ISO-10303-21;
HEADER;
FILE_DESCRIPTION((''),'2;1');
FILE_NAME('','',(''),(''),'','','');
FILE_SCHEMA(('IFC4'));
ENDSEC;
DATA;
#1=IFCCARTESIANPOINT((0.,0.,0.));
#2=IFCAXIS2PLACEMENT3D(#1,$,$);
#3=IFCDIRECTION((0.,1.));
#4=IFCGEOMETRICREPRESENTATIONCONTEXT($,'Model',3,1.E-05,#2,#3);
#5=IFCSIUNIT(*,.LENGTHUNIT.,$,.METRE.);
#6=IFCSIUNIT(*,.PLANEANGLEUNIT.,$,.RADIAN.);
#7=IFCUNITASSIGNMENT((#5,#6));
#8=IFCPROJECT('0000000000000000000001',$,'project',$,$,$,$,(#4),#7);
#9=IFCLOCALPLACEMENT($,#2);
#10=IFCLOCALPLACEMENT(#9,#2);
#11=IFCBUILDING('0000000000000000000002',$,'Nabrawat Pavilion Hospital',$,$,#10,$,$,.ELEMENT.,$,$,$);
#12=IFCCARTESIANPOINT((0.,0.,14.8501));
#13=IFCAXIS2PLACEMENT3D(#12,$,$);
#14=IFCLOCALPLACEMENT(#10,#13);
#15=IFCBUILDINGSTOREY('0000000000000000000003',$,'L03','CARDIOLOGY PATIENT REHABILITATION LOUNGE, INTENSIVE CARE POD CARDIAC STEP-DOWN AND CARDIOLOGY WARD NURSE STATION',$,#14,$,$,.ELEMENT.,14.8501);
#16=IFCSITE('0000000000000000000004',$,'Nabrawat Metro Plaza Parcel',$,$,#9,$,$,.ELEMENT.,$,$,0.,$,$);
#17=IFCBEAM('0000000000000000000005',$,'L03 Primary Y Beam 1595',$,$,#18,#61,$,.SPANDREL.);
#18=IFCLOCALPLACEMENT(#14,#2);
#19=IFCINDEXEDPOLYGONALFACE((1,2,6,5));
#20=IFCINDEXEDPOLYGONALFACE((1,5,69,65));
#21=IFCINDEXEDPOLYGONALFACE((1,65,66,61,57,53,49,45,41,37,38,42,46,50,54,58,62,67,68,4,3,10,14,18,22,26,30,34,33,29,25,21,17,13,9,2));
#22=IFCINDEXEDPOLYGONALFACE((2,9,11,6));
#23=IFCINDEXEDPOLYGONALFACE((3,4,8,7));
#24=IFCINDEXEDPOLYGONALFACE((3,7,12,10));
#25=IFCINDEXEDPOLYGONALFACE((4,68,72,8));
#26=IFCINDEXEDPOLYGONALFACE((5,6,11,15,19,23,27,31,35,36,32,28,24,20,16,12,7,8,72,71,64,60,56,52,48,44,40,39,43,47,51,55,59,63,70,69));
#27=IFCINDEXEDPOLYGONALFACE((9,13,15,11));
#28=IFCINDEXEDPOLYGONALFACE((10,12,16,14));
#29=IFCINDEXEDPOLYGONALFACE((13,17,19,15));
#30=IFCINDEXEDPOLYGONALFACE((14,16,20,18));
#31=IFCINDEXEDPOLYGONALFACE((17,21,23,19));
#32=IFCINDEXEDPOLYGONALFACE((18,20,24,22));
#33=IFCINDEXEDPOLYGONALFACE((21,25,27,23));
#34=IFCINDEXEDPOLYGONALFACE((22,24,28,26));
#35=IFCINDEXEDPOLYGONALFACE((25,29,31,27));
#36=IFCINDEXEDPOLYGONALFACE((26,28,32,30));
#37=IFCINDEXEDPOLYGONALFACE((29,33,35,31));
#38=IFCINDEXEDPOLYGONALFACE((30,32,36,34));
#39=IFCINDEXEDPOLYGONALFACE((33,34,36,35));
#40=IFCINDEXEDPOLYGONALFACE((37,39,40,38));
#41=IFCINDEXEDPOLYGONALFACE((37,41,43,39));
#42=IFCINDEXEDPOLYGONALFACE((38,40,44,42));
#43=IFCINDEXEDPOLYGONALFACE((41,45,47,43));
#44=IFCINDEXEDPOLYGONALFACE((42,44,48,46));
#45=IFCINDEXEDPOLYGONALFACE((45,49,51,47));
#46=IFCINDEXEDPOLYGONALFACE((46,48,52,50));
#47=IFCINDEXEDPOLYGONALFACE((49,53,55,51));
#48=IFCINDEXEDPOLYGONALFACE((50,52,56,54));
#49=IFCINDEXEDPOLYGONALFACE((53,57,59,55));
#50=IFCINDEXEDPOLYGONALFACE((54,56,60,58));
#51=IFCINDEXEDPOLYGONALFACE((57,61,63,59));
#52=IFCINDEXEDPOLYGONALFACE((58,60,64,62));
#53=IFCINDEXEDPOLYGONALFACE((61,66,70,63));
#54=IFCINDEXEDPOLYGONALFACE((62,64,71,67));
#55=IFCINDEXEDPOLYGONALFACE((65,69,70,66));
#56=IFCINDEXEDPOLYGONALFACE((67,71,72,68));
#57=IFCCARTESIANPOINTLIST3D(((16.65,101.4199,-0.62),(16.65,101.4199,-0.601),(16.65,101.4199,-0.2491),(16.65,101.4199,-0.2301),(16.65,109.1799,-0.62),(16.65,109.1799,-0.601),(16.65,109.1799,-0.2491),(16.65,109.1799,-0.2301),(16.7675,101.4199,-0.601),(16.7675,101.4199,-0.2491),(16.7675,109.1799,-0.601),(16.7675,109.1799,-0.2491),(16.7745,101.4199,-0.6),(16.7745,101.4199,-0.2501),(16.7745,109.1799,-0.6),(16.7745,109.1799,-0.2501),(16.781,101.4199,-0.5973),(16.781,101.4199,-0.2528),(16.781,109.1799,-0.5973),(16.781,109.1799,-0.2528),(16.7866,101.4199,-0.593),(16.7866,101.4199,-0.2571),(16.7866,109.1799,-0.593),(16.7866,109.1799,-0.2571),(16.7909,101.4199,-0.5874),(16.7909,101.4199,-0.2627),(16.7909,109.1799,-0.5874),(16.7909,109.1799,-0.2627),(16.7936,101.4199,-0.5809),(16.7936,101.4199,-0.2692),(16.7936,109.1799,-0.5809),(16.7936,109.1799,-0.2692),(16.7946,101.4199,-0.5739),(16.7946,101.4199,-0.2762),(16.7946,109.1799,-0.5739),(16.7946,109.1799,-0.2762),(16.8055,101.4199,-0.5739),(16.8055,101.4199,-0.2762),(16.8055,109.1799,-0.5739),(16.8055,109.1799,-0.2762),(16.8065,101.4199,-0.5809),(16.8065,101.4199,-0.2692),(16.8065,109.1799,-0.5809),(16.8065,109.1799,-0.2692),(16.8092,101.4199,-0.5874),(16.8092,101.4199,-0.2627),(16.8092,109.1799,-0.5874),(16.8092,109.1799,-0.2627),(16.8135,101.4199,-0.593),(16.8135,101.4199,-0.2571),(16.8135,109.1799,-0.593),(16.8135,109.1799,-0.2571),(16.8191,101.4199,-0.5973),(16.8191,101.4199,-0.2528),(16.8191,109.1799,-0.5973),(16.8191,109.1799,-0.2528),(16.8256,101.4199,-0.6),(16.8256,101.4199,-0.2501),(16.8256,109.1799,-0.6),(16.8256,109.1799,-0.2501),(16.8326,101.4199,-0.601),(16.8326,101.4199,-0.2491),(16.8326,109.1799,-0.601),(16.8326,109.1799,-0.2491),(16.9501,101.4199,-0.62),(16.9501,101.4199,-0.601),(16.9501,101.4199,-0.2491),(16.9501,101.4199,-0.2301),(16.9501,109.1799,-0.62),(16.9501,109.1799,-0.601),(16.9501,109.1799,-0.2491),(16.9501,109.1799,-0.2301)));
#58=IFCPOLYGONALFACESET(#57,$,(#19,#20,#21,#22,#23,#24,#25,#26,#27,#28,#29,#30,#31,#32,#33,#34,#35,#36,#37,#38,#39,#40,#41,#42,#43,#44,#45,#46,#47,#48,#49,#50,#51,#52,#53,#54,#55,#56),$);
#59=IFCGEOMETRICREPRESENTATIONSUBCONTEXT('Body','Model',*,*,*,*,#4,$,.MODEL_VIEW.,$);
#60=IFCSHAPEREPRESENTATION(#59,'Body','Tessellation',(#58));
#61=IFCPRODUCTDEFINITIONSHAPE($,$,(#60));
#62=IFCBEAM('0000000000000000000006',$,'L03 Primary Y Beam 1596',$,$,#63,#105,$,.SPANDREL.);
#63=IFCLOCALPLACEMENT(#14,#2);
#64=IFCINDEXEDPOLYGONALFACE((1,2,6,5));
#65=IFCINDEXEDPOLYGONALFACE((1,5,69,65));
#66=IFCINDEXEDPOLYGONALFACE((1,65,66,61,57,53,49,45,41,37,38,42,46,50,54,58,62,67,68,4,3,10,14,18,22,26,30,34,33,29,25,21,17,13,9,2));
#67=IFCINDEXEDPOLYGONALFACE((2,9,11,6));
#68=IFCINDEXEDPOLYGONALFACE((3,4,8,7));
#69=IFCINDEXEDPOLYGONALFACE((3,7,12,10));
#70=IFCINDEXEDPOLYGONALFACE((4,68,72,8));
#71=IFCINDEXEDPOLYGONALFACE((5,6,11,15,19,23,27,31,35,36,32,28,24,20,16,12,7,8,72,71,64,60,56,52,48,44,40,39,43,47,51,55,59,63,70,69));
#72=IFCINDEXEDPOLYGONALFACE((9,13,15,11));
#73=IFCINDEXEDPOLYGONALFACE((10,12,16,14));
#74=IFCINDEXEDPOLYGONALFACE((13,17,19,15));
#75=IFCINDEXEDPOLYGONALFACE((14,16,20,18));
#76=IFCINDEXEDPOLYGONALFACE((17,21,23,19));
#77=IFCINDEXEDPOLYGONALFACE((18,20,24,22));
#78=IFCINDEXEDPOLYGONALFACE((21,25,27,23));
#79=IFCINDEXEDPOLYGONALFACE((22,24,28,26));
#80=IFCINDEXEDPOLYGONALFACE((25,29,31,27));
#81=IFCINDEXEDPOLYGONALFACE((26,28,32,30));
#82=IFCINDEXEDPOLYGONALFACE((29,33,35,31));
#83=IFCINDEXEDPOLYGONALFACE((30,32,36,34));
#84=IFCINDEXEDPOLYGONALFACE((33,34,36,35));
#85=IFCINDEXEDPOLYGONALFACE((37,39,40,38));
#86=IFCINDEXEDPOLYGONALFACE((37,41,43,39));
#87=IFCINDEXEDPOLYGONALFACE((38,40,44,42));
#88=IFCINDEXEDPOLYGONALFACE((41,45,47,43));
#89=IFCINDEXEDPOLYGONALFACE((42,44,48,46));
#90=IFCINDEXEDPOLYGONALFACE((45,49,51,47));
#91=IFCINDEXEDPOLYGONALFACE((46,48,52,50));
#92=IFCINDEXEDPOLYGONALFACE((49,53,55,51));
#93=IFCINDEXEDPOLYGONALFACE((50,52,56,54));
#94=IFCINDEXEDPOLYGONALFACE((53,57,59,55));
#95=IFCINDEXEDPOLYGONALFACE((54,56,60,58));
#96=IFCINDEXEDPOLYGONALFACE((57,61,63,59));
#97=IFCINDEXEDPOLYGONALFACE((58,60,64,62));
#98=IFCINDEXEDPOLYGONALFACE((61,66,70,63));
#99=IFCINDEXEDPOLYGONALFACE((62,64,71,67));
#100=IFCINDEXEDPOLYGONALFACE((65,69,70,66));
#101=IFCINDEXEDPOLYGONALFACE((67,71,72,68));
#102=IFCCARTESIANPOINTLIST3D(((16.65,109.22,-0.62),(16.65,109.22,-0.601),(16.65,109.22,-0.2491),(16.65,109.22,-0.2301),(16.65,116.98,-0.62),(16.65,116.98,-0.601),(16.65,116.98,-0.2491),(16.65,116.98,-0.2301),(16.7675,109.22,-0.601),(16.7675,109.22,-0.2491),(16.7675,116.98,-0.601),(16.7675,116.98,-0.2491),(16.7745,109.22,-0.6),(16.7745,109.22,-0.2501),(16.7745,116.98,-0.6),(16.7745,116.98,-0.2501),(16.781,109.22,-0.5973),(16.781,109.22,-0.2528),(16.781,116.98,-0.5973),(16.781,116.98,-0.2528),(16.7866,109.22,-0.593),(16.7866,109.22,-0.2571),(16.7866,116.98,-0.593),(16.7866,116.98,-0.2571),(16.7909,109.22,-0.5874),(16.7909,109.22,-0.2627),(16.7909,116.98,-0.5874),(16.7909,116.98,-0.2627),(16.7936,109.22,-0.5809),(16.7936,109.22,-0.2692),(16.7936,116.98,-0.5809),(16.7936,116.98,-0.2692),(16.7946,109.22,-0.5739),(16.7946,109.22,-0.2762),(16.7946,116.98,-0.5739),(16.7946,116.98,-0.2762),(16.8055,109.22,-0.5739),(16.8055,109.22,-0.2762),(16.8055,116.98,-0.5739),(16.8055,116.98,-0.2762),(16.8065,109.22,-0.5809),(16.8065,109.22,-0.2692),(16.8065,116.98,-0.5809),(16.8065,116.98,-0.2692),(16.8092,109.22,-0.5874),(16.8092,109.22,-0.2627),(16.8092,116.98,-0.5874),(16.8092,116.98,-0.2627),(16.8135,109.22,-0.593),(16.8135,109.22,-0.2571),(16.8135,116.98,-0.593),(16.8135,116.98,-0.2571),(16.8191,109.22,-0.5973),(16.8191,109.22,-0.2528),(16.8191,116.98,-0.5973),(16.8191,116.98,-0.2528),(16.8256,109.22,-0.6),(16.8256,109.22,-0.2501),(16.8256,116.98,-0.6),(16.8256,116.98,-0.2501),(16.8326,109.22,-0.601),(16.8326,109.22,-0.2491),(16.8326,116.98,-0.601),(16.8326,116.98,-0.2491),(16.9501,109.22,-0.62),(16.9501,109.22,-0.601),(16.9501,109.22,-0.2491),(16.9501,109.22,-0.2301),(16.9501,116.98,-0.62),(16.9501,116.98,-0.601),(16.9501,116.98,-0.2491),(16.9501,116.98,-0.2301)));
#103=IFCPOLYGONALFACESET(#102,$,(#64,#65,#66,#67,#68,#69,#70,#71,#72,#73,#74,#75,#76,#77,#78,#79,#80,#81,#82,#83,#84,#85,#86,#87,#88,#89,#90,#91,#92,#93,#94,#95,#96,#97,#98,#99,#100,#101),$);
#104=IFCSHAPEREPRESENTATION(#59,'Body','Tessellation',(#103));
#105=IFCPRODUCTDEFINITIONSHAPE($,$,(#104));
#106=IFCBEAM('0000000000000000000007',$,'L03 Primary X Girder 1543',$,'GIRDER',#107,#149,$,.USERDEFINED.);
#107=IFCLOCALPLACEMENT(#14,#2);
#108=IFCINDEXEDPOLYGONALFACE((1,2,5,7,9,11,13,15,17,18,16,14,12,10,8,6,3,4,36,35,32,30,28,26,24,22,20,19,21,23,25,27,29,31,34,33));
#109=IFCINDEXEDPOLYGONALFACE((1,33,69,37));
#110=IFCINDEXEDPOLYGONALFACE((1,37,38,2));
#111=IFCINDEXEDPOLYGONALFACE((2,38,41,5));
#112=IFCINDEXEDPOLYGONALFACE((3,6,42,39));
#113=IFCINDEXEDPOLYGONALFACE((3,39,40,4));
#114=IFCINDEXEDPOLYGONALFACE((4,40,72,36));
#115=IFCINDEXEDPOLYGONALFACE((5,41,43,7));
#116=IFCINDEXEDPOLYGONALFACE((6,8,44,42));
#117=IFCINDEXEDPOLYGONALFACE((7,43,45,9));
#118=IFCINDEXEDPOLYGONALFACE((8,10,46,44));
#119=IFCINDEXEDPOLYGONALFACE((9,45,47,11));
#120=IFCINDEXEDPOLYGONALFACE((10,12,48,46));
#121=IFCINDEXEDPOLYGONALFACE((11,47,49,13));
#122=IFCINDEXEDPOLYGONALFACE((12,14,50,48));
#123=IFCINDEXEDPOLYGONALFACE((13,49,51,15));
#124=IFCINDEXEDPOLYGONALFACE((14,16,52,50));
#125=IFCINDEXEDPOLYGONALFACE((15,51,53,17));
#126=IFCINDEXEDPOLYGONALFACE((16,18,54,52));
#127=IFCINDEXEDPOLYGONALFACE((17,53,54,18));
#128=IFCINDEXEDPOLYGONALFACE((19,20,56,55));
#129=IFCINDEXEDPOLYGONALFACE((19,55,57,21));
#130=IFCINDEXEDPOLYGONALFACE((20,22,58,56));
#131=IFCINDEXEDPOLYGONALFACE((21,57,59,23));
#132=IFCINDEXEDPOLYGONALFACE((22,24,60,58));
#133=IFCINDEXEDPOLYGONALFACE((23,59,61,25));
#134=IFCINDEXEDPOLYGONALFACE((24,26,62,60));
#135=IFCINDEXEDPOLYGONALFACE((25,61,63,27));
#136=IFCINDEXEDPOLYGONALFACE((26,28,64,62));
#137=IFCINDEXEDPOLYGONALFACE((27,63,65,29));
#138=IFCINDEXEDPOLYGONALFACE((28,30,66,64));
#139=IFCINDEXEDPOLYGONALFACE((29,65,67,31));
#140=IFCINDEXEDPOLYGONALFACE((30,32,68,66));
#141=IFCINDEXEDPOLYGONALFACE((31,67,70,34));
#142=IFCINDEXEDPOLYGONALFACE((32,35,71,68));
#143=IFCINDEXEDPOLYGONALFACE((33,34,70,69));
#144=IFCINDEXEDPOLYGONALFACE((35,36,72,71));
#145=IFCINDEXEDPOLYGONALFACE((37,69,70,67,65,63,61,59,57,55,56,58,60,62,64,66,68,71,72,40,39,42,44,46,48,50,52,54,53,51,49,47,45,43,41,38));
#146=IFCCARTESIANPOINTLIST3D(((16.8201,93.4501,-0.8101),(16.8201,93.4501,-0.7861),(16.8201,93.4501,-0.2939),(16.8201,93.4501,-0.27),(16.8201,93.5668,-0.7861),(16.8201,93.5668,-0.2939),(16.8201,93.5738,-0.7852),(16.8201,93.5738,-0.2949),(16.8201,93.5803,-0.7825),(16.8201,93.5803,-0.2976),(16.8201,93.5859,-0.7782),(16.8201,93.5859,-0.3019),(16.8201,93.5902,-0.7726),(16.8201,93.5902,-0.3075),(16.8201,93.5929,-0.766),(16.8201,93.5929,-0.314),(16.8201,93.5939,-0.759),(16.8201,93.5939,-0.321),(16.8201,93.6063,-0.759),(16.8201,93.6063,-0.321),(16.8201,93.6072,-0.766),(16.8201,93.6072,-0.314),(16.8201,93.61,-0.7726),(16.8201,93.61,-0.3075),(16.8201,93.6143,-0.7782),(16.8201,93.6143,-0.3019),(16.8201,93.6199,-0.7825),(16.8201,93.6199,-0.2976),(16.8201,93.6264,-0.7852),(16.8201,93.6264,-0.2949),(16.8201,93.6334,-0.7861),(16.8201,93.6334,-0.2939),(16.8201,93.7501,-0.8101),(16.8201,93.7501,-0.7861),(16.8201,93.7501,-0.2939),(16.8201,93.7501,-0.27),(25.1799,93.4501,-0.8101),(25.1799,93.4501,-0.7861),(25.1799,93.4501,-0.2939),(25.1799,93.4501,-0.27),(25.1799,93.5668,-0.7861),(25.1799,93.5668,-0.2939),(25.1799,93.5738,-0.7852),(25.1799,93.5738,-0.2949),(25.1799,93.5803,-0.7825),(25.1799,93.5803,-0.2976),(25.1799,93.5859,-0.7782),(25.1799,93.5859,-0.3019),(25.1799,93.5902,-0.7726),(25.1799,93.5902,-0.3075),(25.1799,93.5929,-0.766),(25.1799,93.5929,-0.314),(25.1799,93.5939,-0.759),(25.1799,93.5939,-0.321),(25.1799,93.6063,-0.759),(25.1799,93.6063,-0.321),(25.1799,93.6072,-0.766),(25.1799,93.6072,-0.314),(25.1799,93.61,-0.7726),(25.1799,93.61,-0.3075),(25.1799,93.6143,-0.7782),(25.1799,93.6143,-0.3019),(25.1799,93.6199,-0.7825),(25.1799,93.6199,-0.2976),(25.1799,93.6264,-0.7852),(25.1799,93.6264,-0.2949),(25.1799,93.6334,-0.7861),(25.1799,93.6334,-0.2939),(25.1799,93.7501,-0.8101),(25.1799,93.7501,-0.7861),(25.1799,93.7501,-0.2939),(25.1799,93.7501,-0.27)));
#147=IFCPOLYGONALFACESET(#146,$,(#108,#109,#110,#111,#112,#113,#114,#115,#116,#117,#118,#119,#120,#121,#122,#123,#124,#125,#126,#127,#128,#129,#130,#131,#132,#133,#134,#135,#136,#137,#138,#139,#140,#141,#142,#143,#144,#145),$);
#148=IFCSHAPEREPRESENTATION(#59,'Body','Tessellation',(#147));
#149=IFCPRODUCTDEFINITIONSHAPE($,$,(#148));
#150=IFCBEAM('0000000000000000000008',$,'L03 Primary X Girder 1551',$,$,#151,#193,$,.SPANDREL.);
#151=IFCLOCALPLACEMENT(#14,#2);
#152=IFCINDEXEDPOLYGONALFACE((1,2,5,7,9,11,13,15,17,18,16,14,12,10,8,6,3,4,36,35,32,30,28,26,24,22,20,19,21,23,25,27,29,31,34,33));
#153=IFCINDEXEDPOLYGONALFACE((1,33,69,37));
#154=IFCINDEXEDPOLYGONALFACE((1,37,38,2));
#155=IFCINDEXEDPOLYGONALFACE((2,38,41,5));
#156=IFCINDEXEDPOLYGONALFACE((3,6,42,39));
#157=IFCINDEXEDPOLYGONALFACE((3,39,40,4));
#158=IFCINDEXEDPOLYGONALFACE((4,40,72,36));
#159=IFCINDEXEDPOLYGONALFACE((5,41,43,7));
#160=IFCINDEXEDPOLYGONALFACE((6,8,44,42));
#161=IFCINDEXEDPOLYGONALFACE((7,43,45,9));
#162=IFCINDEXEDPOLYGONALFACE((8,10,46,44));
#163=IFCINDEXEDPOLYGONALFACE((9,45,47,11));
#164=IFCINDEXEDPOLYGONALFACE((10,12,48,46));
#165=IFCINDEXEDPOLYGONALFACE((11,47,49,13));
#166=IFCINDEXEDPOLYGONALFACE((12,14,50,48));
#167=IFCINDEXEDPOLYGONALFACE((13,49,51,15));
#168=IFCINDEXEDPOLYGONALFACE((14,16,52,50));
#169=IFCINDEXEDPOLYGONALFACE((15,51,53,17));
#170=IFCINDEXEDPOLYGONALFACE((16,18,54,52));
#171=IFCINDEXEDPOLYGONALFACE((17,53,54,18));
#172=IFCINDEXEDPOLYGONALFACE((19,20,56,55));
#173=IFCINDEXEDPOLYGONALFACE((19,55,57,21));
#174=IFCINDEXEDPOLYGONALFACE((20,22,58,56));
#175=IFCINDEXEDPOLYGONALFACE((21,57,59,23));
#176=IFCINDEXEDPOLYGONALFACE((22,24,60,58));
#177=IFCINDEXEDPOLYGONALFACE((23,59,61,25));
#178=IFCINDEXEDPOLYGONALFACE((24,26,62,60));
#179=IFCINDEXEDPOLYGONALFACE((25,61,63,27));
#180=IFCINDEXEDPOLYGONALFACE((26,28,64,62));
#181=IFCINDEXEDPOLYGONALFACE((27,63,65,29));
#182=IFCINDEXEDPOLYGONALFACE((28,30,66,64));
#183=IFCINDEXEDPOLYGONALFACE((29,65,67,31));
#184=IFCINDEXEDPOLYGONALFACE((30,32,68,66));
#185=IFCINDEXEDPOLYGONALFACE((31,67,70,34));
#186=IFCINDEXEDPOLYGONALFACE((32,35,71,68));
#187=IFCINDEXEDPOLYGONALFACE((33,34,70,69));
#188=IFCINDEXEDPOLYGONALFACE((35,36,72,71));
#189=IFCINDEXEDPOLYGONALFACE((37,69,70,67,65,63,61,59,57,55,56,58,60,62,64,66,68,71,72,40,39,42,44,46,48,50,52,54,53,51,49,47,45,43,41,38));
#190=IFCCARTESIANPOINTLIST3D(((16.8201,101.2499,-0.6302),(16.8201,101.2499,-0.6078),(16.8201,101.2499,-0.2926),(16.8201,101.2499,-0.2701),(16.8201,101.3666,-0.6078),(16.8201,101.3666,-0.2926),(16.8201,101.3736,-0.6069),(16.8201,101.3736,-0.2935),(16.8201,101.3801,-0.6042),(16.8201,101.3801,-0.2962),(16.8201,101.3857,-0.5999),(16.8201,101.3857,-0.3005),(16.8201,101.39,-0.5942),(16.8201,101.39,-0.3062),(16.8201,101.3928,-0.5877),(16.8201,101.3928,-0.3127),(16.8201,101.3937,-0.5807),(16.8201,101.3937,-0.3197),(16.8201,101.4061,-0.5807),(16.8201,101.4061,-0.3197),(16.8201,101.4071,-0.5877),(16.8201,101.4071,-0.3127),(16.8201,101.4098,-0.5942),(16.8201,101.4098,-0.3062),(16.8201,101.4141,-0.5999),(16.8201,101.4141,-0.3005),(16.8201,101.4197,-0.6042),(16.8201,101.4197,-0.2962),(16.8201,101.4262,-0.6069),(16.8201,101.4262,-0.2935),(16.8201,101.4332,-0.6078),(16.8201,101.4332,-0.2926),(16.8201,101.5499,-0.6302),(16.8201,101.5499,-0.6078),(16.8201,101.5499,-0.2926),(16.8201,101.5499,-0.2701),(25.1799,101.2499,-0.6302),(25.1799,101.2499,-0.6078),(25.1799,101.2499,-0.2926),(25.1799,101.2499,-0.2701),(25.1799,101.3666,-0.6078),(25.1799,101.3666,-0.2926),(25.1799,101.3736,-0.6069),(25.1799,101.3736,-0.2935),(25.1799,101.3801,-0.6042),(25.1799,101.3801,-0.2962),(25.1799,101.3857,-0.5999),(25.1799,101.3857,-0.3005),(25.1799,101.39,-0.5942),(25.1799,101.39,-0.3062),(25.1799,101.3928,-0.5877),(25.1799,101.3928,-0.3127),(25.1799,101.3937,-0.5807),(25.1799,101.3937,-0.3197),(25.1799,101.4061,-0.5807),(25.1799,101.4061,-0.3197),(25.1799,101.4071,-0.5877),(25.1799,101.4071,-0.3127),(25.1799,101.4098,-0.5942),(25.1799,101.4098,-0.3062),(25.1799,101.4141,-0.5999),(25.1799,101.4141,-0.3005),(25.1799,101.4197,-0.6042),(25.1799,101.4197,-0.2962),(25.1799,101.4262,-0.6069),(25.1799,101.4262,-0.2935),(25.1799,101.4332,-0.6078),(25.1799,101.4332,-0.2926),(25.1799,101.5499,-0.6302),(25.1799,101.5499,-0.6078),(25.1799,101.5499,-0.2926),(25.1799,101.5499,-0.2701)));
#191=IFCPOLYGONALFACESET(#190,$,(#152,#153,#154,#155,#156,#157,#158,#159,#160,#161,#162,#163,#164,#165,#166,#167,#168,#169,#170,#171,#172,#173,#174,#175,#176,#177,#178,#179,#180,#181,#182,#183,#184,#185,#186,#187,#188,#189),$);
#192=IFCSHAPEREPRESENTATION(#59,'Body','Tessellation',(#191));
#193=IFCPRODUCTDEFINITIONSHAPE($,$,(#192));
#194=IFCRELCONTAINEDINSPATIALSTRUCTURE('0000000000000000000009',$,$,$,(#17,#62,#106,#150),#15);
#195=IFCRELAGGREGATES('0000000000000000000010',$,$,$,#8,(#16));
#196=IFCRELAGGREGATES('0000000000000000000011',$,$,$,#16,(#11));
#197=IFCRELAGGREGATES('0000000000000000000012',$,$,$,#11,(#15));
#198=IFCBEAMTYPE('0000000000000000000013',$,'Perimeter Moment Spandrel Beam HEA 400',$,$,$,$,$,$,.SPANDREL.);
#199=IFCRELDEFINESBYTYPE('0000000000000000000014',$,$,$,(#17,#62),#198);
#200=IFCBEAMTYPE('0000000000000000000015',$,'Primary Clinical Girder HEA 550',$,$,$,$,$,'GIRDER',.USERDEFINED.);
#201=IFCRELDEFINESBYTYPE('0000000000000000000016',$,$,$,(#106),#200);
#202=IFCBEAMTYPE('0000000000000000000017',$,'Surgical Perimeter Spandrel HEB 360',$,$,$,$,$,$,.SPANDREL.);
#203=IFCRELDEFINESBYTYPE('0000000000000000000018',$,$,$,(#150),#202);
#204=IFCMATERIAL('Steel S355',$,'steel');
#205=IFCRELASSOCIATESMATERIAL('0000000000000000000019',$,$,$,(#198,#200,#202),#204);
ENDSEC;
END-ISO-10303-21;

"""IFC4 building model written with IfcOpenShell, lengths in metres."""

from ifc_helpers import new_model, si_unit, direction, frame, origin, origin_2d, place, context, subcontext, project, spatial, i_section, extrude, material, material_profile, profile_set, type_object, element, save


model = new_model("IFC4")

# Units and contexts
model_context = context("Model", 3, precision=1e-05, world=origin(), true_north=direction((0.0, 1.0)))
body_context = subcontext(model_context, "Body", "Model", "MODEL_VIEW")
ifc_project = project(units=[si_unit("LENGTHUNIT", "METRE"), si_unit("PLANEANGLEUNIT", "RADIAN")], contexts=[model_context])

# Site, building, storey
site_placement = place(None, origin())
site = spatial("IfcSite", under=ifc_project, at=site_placement, Name="Nabrawat Metro Plaza Parcel", CompositionType="ELEMENT", RefElevation=0.0)
building_placement = place(site_placement, origin())
building = spatial("IfcBuilding", under=site, at=building_placement, Name="Nabrawat Pavilion Hospital", CompositionType="ELEMENT")
storey_placement = place(building_placement, frame((0.0, 0.0, 14.8501)))
storey = spatial("IfcBuildingStorey", under=building, at=storey_placement, Name="L03", Description="CARDIOLOGY PATIENT REHABILITATION LOUNGE, INTENSIVE CARE POD CARDIAC STEP-DOWN AND CARDIOLOGY WARD NURSE STATION", CompositionType="ELEMENT", Elevation=14.8501)

# Shared definitions
ifc_material_1 = material(Name="Steel S355", Category="steel")

# Beams
ifc_material_profile_1 = material_profile(ifc_material_1, i_section(OverallWidth=0.3, OverallDepth=0.3899, WebThickness=0.011, FlangeThickness=0.019, FilletRadius=0.0271, at=origin_2d()), Name="HEA 400")
ifc_profile_set_1 = profile_set([ifc_material_profile_1], Name="Steel S355")
beam_type_1 = type_object("IfcBeamType", Name="Perimeter Moment Spandrel Beam HEA 400", PredefinedType="SPANDREL", material=ifc_profile_set_1)
for number, where, z_axis, x_axis, name in (
    (1, (16.8, 101.4199, -0.425), (0.0, 1.0, 0.0), (-1.0, 0.0, 0.0), "L03 Primary Y Beam 1595"),
    (2, (16.8, 109.22, -0.425), (0.0, 1.0, 0.0), (-1.0, 0.0, 0.0), "L03 Primary Y Beam 1596"),
):
    element("IfcBeam", number, at=place(storey_placement, frame(where, z_axis=z_axis, x_axis=x_axis)), inside=storey, type_object=beam_type_1, Name=name, PredefinedType="SPANDREL", context=body_context, shape_type="SweptSolid", body=[
        extrude(i_section(OverallWidth=0.3, OverallDepth=0.3899, WebThickness=0.011, FlangeThickness=0.019, FilletRadius=0.0271, at=origin_2d()), origin(), (0.0, 0.0, 1.0), 7.76),
    ])
ifc_material_profile_2 = material_profile(ifc_material_1, i_section(OverallWidth=0.3, OverallDepth=0.54, WebThickness=0.0125, FlangeThickness=0.0239, FilletRadius=0.0271, at=origin_2d()), Name="HEA 550")
ifc_profile_set_2 = profile_set([ifc_material_profile_2], Name="Steel S355")
beam_type_2 = type_object("IfcBeamType", Name="Primary Clinical Girder HEA 550", ElementType="GIRDER", PredefinedType="USERDEFINED", material=ifc_profile_set_2)
beam_1_placement = place(storey_placement, frame((16.8201, 93.6001, -0.54), z_axis=(1.0, 0.0, 0.0), x_axis=(0.0, 1.0, 0.0)))
element("IfcBeam", 3, at=beam_1_placement, inside=storey, type_object=beam_type_2, Name="L03 Primary X Girder 1543", ObjectType="GIRDER", PredefinedType="USERDEFINED", context=body_context, shape_type="SweptSolid", body=[
    extrude(i_section(OverallWidth=0.3, OverallDepth=0.54, WebThickness=0.0125, FlangeThickness=0.0239, FilletRadius=0.0271, at=origin_2d()), origin(), (0.0, 0.0, 1.0), 8.3599),
])
ifc_material_profile_3 = material_profile(ifc_material_1, i_section(OverallWidth=0.3, OverallDepth=0.3601, WebThickness=0.0125, FlangeThickness=0.0225, FilletRadius=0.0271, at=origin_2d()), Name="HEB 360")
ifc_profile_set_3 = profile_set([ifc_material_profile_3], Name="Steel S355")
beam_type_3 = type_object("IfcBeamType", Name="Surgical Perimeter Spandrel HEB 360", PredefinedType="SPANDREL", material=ifc_profile_set_3)
beam_2_placement = place(storey_placement, frame((16.8201, 101.3999, -0.4502), z_axis=(1.0, 0.0, 0.0), x_axis=(0.0, 1.0, 0.0)))
element("IfcBeam", 4, at=beam_2_placement, inside=storey, type_object=beam_type_3, Name="L03 Primary X Girder 1551", PredefinedType="SPANDREL", context=body_context, shape_type="SweptSolid", body=[
    extrude(i_section(OverallWidth=0.3, OverallDepth=0.3601, WebThickness=0.0125, FlangeThickness=0.0225, FilletRadius=0.0271, at=origin_2d()), origin(), (0.0, 0.0, 1.0), 8.3599),
])

save(model, "model.ifc")
